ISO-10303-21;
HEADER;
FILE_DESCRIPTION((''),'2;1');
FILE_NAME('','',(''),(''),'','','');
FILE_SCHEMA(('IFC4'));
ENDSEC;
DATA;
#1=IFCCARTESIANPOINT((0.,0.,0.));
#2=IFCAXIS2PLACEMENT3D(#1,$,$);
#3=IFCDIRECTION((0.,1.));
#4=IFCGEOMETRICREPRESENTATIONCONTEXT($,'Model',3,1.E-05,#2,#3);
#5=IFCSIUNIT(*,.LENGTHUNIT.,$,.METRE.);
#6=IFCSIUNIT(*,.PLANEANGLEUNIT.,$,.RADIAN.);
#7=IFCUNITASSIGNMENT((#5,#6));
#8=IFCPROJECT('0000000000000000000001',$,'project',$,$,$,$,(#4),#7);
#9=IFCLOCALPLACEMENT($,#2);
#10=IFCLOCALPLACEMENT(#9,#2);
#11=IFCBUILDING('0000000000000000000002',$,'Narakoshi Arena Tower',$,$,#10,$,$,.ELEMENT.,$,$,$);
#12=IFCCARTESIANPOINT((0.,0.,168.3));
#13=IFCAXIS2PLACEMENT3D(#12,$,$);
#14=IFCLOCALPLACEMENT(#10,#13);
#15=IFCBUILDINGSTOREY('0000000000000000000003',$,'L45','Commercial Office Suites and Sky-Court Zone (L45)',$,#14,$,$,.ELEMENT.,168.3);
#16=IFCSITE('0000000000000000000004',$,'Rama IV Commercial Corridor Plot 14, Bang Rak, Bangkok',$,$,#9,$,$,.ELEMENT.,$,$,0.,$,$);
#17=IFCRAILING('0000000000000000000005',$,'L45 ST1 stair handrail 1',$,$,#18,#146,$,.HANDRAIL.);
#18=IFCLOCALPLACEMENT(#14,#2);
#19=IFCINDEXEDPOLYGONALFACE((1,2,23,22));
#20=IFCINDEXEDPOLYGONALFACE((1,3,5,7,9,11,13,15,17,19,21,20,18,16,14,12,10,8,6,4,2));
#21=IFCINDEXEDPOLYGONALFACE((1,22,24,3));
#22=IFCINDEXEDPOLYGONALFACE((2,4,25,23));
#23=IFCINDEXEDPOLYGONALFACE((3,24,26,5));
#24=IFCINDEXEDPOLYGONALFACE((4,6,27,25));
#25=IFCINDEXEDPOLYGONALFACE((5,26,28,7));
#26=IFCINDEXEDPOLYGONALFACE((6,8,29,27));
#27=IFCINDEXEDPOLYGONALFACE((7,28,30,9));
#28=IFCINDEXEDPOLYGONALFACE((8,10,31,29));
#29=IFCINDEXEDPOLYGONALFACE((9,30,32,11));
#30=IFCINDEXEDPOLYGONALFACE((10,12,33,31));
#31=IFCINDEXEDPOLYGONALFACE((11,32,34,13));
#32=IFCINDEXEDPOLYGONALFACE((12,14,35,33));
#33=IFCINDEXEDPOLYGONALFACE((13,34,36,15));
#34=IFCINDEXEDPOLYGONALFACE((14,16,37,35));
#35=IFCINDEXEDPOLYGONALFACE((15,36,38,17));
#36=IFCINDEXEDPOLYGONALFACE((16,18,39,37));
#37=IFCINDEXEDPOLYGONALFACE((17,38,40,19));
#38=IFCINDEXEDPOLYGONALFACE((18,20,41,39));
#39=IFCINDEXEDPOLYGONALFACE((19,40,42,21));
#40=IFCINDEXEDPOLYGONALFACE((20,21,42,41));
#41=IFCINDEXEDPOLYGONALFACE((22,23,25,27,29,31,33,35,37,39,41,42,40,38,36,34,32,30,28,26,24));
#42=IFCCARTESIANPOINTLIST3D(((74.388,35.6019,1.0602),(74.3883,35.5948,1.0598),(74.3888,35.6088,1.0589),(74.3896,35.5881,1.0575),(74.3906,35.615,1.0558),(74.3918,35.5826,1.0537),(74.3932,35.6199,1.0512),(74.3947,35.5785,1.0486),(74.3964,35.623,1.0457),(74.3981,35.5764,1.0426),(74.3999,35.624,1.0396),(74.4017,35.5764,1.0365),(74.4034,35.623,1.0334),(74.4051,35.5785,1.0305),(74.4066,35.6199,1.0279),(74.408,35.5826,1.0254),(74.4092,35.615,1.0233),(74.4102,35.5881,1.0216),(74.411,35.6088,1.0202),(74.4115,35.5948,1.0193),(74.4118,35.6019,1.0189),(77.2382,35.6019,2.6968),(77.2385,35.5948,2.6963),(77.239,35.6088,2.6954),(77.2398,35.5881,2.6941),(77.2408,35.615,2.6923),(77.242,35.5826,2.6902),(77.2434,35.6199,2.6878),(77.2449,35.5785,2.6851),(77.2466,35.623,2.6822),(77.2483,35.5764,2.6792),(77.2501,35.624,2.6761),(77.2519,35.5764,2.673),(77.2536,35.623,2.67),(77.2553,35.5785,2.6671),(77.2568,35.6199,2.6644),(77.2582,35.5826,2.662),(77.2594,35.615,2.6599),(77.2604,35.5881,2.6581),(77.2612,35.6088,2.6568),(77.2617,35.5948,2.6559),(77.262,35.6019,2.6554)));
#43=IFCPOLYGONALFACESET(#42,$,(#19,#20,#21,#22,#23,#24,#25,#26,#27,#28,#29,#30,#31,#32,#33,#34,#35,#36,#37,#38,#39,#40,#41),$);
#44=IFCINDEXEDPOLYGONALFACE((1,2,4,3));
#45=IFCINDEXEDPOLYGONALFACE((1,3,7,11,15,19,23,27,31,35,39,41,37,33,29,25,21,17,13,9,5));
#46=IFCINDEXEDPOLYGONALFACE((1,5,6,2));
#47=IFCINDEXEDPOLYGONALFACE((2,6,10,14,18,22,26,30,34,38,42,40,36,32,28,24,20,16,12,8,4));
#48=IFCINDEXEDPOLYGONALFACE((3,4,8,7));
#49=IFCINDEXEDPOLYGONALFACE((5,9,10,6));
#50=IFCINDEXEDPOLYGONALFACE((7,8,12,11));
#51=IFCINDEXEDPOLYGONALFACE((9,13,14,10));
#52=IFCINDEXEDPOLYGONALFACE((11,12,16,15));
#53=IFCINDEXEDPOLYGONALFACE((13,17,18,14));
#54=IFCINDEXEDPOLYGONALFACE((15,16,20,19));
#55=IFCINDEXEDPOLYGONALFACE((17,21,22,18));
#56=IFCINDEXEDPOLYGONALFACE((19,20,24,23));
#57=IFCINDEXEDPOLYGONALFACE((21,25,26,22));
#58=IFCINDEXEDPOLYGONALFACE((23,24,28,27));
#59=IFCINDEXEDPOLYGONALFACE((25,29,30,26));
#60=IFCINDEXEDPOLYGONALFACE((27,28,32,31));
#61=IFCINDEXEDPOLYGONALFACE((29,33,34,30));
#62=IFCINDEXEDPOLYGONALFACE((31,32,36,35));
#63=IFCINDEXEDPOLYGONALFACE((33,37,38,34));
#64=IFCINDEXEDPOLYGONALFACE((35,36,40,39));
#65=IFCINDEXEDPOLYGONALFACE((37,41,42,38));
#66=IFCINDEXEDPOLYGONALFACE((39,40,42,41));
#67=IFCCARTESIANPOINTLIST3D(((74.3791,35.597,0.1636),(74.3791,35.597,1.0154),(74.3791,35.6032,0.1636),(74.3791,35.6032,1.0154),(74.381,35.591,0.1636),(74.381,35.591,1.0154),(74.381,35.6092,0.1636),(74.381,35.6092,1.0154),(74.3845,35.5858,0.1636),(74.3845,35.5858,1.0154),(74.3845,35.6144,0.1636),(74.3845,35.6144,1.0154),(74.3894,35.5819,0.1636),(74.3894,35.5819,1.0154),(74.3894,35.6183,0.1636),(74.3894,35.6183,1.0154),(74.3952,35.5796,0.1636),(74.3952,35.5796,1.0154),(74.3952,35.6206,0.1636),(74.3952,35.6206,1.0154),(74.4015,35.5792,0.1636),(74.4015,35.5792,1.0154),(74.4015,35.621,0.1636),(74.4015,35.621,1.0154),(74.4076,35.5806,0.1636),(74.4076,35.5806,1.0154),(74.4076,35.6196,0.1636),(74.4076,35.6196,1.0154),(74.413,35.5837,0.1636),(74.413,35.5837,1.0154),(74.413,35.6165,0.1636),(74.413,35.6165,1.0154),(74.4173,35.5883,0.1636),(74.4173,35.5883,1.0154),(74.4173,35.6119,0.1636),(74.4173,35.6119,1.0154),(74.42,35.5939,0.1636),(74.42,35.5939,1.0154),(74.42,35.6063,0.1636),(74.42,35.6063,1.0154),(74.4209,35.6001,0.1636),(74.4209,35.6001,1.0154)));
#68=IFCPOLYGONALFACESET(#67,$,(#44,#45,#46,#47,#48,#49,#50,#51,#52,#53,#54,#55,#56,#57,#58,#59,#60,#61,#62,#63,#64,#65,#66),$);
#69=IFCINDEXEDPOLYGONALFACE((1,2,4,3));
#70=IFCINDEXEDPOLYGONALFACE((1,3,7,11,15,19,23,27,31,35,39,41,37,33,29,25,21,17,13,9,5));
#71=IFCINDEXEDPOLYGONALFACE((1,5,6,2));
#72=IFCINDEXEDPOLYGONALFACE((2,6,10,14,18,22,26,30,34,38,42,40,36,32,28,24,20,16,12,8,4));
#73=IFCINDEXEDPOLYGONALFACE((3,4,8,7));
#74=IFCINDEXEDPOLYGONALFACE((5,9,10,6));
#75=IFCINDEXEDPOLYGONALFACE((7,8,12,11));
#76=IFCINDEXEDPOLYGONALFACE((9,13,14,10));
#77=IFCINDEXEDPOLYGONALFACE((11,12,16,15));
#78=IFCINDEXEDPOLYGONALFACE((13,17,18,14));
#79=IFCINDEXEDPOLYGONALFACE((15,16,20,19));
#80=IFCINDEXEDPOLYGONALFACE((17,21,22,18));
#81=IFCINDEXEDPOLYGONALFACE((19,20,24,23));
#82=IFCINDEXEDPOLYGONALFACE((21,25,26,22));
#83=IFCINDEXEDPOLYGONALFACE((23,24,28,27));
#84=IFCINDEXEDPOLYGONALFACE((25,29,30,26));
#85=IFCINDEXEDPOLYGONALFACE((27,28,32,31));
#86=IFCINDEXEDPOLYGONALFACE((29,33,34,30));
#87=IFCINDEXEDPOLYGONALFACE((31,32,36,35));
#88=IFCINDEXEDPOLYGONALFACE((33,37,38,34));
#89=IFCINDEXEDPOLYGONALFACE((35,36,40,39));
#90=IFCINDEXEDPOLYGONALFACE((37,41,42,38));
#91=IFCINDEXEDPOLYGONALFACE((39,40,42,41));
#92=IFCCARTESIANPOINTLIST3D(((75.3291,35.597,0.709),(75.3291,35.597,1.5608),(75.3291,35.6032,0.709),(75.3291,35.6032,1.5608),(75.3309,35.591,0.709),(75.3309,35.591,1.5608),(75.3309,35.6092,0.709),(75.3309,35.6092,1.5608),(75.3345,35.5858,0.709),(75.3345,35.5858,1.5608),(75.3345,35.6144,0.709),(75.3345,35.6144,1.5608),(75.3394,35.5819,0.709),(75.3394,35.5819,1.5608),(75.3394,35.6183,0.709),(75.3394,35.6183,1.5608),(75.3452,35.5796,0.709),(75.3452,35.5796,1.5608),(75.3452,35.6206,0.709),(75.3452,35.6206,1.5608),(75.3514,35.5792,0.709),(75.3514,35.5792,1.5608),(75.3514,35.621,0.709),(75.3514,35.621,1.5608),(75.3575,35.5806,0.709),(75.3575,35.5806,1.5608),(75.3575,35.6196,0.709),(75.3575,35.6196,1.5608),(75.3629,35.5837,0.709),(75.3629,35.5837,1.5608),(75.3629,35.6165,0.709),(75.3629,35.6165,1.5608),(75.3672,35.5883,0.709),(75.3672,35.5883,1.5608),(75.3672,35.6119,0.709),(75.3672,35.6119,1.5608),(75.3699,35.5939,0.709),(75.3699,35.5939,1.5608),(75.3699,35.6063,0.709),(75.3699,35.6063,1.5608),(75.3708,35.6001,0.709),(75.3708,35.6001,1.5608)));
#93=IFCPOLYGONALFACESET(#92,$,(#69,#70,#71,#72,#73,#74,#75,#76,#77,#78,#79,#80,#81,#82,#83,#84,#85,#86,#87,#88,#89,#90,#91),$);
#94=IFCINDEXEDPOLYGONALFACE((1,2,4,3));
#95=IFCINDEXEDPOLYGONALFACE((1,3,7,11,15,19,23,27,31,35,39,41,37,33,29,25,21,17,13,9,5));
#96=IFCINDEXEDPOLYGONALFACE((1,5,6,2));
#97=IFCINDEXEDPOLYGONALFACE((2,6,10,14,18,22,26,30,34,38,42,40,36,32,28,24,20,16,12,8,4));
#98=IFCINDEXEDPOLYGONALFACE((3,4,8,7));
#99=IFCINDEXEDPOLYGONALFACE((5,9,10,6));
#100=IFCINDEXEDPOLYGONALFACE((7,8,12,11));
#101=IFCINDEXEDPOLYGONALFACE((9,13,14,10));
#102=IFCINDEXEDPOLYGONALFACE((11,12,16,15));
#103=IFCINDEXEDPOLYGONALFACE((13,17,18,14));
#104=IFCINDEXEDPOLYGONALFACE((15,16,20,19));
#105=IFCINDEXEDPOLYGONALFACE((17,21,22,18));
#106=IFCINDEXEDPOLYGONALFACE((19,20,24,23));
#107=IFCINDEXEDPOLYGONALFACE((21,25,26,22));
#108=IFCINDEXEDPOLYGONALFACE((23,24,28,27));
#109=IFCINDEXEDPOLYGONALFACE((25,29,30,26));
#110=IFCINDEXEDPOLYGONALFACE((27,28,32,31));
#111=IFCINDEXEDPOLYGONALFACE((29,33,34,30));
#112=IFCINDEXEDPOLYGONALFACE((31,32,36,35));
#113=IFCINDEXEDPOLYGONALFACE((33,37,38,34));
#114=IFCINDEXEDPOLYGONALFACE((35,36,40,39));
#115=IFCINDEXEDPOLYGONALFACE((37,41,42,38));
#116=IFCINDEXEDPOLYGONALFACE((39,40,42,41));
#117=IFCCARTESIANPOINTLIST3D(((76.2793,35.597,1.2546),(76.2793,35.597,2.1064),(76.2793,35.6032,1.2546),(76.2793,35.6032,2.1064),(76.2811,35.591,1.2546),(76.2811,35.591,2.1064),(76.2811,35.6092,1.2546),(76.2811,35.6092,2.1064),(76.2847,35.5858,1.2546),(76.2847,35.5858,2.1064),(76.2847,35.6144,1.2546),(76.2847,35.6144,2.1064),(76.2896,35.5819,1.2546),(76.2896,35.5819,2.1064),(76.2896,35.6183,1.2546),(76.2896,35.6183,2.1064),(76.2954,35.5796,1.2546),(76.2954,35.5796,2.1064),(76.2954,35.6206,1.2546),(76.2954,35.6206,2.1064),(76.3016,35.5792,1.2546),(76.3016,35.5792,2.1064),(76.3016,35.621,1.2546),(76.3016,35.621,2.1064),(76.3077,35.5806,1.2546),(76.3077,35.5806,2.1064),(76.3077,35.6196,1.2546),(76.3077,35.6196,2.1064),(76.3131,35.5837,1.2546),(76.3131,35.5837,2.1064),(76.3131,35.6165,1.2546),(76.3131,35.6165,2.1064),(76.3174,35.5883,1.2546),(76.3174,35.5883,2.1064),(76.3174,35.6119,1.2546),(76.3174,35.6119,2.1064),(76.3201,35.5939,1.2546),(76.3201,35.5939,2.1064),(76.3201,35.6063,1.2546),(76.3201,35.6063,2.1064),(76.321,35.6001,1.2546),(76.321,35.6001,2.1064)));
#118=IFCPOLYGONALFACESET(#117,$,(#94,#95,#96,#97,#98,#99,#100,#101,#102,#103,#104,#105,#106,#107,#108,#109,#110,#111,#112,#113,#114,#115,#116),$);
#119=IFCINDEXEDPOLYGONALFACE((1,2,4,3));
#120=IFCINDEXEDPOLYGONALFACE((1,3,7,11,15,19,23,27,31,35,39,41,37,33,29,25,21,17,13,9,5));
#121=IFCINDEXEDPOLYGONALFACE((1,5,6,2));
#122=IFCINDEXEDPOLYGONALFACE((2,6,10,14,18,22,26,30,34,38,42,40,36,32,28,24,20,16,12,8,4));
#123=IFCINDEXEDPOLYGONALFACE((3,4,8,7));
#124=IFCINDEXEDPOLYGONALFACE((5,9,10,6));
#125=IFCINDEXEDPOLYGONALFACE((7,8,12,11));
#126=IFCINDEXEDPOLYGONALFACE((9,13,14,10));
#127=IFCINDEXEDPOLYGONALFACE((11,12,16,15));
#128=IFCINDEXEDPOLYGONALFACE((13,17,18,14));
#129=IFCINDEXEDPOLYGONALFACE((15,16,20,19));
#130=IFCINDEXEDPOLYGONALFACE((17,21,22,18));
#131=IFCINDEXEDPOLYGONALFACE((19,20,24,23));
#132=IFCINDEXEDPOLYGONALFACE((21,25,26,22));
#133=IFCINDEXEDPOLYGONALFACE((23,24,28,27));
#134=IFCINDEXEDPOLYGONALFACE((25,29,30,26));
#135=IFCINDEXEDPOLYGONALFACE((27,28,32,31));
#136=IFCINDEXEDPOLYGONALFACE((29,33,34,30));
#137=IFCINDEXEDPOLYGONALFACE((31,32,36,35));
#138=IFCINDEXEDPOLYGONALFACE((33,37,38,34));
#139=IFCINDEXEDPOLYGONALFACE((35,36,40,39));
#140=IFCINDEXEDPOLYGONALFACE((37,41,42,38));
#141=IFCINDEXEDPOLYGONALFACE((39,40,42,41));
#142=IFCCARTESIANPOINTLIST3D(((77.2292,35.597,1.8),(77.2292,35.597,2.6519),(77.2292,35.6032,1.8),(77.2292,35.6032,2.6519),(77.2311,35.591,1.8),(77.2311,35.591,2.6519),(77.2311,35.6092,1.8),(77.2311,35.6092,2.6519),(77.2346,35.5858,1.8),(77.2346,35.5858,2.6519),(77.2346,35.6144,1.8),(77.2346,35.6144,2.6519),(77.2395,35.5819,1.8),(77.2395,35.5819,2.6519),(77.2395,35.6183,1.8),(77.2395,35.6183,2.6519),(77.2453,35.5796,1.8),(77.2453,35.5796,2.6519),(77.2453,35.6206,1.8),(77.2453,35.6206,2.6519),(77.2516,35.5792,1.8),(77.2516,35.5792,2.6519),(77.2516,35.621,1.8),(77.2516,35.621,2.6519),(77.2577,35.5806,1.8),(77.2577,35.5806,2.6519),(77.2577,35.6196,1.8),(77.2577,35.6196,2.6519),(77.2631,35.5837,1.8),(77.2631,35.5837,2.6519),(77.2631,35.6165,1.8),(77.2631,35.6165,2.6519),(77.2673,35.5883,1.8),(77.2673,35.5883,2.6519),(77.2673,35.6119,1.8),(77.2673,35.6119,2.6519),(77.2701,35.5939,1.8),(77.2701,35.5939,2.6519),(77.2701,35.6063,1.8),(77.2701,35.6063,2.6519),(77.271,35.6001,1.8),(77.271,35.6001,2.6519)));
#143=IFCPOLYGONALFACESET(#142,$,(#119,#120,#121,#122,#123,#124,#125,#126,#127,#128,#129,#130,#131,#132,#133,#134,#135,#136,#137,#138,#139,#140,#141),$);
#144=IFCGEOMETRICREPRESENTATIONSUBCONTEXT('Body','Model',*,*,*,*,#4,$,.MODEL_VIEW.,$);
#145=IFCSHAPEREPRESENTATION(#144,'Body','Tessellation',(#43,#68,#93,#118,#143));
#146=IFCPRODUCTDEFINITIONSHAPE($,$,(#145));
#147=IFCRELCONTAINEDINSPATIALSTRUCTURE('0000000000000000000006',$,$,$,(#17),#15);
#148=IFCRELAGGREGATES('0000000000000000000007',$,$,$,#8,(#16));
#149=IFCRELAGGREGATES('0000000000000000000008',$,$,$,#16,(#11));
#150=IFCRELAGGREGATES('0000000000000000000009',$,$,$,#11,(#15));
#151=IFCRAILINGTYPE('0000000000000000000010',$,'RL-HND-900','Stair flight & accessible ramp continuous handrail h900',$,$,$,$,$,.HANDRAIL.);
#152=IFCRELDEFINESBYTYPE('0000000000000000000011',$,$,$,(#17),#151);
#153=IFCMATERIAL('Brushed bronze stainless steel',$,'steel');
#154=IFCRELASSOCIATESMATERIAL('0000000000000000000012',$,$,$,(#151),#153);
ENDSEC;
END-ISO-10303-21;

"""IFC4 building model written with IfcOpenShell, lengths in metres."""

from ifc_helpers import new_model, si_unit, direction, frame, origin, origin_2d, place, context, subcontext, project, spatial, circle, extrude, material, type_object, element, save


model = new_model("IFC4")

# Units and contexts
model_context = context("Model", 3, precision=1e-05, world=origin(), true_north=direction((0.0, 1.0)))
body_context = subcontext(model_context, "Body", "Model", "MODEL_VIEW")
ifc_project = project(units=[si_unit("LENGTHUNIT", "METRE"), si_unit("PLANEANGLEUNIT", "RADIAN")], contexts=[model_context])

# Site, building, storey
site_placement = place(None, origin())
site = spatial("IfcSite", under=ifc_project, at=site_placement, Name="Rama IV Commercial Corridor Plot 14, Bang Rak, Bangkok", CompositionType="ELEMENT", RefElevation=0.0)
building_placement = place(site_placement, origin())
building = spatial("IfcBuilding", under=site, at=building_placement, Name="Narakoshi Arena Tower", CompositionType="ELEMENT")
storey_placement = place(building_placement, frame((0.0, 0.0, 168.3)))
storey = spatial("IfcBuildingStorey", under=building, at=storey_placement, Name="L45", Description="Commercial Office Suites and Sky-Court Zone (L45)", CompositionType="ELEMENT", Elevation=168.3)

# Railing
ifc_material_1 = material(Name="Brushed bronze stainless steel", Category="steel")
railing_type_1 = type_object("IfcRailingType", Name="RL-HND-900", Description="Stair flight & accessible ramp continuous handrail h900", PredefinedType="HANDRAIL", material=ifc_material_1)
railing_1_placement = place(storey_placement, frame((74.3999, 35.6001, 0.1636)))
element("IfcRailing", 1, at=railing_1_placement, inside=storey, type_object=railing_type_1, Name="L45 ST1 stair handrail 1", PredefinedType="HANDRAIL", context=body_context, shape_type="SweptSolid", body=[
    extrude(circle(Radius=0.0239, at=origin_2d()), frame((0.0, 0.0, 0.876), z_axis=(0.867213, 0.0, 0.497938), x_axis=(0.0, 1.0, 0.0)), (0.0, 0.0, 1.0), 3.2866),
    extrude(circle(Radius=0.021, at=origin_2d()), origin(), (0.0, 0.0, 1.0), 0.8518),
    extrude(circle(Radius=0.021, at=origin_2d()), frame((0.95, 0.0, 0.5454)), (0.0, 0.0, 1.0), 0.8518),
    extrude(circle(Radius=0.021, at=origin_2d()), frame((1.9001, 0.0, 1.0911)), (0.0, 0.0, 1.0), 0.8518),
    extrude(circle(Radius=0.021, at=origin_2d()), frame((2.8501, 0.0, 1.6365)), (0.0, 0.0, 1.0), 0.8518),
])

save(model, "model.ifc")
